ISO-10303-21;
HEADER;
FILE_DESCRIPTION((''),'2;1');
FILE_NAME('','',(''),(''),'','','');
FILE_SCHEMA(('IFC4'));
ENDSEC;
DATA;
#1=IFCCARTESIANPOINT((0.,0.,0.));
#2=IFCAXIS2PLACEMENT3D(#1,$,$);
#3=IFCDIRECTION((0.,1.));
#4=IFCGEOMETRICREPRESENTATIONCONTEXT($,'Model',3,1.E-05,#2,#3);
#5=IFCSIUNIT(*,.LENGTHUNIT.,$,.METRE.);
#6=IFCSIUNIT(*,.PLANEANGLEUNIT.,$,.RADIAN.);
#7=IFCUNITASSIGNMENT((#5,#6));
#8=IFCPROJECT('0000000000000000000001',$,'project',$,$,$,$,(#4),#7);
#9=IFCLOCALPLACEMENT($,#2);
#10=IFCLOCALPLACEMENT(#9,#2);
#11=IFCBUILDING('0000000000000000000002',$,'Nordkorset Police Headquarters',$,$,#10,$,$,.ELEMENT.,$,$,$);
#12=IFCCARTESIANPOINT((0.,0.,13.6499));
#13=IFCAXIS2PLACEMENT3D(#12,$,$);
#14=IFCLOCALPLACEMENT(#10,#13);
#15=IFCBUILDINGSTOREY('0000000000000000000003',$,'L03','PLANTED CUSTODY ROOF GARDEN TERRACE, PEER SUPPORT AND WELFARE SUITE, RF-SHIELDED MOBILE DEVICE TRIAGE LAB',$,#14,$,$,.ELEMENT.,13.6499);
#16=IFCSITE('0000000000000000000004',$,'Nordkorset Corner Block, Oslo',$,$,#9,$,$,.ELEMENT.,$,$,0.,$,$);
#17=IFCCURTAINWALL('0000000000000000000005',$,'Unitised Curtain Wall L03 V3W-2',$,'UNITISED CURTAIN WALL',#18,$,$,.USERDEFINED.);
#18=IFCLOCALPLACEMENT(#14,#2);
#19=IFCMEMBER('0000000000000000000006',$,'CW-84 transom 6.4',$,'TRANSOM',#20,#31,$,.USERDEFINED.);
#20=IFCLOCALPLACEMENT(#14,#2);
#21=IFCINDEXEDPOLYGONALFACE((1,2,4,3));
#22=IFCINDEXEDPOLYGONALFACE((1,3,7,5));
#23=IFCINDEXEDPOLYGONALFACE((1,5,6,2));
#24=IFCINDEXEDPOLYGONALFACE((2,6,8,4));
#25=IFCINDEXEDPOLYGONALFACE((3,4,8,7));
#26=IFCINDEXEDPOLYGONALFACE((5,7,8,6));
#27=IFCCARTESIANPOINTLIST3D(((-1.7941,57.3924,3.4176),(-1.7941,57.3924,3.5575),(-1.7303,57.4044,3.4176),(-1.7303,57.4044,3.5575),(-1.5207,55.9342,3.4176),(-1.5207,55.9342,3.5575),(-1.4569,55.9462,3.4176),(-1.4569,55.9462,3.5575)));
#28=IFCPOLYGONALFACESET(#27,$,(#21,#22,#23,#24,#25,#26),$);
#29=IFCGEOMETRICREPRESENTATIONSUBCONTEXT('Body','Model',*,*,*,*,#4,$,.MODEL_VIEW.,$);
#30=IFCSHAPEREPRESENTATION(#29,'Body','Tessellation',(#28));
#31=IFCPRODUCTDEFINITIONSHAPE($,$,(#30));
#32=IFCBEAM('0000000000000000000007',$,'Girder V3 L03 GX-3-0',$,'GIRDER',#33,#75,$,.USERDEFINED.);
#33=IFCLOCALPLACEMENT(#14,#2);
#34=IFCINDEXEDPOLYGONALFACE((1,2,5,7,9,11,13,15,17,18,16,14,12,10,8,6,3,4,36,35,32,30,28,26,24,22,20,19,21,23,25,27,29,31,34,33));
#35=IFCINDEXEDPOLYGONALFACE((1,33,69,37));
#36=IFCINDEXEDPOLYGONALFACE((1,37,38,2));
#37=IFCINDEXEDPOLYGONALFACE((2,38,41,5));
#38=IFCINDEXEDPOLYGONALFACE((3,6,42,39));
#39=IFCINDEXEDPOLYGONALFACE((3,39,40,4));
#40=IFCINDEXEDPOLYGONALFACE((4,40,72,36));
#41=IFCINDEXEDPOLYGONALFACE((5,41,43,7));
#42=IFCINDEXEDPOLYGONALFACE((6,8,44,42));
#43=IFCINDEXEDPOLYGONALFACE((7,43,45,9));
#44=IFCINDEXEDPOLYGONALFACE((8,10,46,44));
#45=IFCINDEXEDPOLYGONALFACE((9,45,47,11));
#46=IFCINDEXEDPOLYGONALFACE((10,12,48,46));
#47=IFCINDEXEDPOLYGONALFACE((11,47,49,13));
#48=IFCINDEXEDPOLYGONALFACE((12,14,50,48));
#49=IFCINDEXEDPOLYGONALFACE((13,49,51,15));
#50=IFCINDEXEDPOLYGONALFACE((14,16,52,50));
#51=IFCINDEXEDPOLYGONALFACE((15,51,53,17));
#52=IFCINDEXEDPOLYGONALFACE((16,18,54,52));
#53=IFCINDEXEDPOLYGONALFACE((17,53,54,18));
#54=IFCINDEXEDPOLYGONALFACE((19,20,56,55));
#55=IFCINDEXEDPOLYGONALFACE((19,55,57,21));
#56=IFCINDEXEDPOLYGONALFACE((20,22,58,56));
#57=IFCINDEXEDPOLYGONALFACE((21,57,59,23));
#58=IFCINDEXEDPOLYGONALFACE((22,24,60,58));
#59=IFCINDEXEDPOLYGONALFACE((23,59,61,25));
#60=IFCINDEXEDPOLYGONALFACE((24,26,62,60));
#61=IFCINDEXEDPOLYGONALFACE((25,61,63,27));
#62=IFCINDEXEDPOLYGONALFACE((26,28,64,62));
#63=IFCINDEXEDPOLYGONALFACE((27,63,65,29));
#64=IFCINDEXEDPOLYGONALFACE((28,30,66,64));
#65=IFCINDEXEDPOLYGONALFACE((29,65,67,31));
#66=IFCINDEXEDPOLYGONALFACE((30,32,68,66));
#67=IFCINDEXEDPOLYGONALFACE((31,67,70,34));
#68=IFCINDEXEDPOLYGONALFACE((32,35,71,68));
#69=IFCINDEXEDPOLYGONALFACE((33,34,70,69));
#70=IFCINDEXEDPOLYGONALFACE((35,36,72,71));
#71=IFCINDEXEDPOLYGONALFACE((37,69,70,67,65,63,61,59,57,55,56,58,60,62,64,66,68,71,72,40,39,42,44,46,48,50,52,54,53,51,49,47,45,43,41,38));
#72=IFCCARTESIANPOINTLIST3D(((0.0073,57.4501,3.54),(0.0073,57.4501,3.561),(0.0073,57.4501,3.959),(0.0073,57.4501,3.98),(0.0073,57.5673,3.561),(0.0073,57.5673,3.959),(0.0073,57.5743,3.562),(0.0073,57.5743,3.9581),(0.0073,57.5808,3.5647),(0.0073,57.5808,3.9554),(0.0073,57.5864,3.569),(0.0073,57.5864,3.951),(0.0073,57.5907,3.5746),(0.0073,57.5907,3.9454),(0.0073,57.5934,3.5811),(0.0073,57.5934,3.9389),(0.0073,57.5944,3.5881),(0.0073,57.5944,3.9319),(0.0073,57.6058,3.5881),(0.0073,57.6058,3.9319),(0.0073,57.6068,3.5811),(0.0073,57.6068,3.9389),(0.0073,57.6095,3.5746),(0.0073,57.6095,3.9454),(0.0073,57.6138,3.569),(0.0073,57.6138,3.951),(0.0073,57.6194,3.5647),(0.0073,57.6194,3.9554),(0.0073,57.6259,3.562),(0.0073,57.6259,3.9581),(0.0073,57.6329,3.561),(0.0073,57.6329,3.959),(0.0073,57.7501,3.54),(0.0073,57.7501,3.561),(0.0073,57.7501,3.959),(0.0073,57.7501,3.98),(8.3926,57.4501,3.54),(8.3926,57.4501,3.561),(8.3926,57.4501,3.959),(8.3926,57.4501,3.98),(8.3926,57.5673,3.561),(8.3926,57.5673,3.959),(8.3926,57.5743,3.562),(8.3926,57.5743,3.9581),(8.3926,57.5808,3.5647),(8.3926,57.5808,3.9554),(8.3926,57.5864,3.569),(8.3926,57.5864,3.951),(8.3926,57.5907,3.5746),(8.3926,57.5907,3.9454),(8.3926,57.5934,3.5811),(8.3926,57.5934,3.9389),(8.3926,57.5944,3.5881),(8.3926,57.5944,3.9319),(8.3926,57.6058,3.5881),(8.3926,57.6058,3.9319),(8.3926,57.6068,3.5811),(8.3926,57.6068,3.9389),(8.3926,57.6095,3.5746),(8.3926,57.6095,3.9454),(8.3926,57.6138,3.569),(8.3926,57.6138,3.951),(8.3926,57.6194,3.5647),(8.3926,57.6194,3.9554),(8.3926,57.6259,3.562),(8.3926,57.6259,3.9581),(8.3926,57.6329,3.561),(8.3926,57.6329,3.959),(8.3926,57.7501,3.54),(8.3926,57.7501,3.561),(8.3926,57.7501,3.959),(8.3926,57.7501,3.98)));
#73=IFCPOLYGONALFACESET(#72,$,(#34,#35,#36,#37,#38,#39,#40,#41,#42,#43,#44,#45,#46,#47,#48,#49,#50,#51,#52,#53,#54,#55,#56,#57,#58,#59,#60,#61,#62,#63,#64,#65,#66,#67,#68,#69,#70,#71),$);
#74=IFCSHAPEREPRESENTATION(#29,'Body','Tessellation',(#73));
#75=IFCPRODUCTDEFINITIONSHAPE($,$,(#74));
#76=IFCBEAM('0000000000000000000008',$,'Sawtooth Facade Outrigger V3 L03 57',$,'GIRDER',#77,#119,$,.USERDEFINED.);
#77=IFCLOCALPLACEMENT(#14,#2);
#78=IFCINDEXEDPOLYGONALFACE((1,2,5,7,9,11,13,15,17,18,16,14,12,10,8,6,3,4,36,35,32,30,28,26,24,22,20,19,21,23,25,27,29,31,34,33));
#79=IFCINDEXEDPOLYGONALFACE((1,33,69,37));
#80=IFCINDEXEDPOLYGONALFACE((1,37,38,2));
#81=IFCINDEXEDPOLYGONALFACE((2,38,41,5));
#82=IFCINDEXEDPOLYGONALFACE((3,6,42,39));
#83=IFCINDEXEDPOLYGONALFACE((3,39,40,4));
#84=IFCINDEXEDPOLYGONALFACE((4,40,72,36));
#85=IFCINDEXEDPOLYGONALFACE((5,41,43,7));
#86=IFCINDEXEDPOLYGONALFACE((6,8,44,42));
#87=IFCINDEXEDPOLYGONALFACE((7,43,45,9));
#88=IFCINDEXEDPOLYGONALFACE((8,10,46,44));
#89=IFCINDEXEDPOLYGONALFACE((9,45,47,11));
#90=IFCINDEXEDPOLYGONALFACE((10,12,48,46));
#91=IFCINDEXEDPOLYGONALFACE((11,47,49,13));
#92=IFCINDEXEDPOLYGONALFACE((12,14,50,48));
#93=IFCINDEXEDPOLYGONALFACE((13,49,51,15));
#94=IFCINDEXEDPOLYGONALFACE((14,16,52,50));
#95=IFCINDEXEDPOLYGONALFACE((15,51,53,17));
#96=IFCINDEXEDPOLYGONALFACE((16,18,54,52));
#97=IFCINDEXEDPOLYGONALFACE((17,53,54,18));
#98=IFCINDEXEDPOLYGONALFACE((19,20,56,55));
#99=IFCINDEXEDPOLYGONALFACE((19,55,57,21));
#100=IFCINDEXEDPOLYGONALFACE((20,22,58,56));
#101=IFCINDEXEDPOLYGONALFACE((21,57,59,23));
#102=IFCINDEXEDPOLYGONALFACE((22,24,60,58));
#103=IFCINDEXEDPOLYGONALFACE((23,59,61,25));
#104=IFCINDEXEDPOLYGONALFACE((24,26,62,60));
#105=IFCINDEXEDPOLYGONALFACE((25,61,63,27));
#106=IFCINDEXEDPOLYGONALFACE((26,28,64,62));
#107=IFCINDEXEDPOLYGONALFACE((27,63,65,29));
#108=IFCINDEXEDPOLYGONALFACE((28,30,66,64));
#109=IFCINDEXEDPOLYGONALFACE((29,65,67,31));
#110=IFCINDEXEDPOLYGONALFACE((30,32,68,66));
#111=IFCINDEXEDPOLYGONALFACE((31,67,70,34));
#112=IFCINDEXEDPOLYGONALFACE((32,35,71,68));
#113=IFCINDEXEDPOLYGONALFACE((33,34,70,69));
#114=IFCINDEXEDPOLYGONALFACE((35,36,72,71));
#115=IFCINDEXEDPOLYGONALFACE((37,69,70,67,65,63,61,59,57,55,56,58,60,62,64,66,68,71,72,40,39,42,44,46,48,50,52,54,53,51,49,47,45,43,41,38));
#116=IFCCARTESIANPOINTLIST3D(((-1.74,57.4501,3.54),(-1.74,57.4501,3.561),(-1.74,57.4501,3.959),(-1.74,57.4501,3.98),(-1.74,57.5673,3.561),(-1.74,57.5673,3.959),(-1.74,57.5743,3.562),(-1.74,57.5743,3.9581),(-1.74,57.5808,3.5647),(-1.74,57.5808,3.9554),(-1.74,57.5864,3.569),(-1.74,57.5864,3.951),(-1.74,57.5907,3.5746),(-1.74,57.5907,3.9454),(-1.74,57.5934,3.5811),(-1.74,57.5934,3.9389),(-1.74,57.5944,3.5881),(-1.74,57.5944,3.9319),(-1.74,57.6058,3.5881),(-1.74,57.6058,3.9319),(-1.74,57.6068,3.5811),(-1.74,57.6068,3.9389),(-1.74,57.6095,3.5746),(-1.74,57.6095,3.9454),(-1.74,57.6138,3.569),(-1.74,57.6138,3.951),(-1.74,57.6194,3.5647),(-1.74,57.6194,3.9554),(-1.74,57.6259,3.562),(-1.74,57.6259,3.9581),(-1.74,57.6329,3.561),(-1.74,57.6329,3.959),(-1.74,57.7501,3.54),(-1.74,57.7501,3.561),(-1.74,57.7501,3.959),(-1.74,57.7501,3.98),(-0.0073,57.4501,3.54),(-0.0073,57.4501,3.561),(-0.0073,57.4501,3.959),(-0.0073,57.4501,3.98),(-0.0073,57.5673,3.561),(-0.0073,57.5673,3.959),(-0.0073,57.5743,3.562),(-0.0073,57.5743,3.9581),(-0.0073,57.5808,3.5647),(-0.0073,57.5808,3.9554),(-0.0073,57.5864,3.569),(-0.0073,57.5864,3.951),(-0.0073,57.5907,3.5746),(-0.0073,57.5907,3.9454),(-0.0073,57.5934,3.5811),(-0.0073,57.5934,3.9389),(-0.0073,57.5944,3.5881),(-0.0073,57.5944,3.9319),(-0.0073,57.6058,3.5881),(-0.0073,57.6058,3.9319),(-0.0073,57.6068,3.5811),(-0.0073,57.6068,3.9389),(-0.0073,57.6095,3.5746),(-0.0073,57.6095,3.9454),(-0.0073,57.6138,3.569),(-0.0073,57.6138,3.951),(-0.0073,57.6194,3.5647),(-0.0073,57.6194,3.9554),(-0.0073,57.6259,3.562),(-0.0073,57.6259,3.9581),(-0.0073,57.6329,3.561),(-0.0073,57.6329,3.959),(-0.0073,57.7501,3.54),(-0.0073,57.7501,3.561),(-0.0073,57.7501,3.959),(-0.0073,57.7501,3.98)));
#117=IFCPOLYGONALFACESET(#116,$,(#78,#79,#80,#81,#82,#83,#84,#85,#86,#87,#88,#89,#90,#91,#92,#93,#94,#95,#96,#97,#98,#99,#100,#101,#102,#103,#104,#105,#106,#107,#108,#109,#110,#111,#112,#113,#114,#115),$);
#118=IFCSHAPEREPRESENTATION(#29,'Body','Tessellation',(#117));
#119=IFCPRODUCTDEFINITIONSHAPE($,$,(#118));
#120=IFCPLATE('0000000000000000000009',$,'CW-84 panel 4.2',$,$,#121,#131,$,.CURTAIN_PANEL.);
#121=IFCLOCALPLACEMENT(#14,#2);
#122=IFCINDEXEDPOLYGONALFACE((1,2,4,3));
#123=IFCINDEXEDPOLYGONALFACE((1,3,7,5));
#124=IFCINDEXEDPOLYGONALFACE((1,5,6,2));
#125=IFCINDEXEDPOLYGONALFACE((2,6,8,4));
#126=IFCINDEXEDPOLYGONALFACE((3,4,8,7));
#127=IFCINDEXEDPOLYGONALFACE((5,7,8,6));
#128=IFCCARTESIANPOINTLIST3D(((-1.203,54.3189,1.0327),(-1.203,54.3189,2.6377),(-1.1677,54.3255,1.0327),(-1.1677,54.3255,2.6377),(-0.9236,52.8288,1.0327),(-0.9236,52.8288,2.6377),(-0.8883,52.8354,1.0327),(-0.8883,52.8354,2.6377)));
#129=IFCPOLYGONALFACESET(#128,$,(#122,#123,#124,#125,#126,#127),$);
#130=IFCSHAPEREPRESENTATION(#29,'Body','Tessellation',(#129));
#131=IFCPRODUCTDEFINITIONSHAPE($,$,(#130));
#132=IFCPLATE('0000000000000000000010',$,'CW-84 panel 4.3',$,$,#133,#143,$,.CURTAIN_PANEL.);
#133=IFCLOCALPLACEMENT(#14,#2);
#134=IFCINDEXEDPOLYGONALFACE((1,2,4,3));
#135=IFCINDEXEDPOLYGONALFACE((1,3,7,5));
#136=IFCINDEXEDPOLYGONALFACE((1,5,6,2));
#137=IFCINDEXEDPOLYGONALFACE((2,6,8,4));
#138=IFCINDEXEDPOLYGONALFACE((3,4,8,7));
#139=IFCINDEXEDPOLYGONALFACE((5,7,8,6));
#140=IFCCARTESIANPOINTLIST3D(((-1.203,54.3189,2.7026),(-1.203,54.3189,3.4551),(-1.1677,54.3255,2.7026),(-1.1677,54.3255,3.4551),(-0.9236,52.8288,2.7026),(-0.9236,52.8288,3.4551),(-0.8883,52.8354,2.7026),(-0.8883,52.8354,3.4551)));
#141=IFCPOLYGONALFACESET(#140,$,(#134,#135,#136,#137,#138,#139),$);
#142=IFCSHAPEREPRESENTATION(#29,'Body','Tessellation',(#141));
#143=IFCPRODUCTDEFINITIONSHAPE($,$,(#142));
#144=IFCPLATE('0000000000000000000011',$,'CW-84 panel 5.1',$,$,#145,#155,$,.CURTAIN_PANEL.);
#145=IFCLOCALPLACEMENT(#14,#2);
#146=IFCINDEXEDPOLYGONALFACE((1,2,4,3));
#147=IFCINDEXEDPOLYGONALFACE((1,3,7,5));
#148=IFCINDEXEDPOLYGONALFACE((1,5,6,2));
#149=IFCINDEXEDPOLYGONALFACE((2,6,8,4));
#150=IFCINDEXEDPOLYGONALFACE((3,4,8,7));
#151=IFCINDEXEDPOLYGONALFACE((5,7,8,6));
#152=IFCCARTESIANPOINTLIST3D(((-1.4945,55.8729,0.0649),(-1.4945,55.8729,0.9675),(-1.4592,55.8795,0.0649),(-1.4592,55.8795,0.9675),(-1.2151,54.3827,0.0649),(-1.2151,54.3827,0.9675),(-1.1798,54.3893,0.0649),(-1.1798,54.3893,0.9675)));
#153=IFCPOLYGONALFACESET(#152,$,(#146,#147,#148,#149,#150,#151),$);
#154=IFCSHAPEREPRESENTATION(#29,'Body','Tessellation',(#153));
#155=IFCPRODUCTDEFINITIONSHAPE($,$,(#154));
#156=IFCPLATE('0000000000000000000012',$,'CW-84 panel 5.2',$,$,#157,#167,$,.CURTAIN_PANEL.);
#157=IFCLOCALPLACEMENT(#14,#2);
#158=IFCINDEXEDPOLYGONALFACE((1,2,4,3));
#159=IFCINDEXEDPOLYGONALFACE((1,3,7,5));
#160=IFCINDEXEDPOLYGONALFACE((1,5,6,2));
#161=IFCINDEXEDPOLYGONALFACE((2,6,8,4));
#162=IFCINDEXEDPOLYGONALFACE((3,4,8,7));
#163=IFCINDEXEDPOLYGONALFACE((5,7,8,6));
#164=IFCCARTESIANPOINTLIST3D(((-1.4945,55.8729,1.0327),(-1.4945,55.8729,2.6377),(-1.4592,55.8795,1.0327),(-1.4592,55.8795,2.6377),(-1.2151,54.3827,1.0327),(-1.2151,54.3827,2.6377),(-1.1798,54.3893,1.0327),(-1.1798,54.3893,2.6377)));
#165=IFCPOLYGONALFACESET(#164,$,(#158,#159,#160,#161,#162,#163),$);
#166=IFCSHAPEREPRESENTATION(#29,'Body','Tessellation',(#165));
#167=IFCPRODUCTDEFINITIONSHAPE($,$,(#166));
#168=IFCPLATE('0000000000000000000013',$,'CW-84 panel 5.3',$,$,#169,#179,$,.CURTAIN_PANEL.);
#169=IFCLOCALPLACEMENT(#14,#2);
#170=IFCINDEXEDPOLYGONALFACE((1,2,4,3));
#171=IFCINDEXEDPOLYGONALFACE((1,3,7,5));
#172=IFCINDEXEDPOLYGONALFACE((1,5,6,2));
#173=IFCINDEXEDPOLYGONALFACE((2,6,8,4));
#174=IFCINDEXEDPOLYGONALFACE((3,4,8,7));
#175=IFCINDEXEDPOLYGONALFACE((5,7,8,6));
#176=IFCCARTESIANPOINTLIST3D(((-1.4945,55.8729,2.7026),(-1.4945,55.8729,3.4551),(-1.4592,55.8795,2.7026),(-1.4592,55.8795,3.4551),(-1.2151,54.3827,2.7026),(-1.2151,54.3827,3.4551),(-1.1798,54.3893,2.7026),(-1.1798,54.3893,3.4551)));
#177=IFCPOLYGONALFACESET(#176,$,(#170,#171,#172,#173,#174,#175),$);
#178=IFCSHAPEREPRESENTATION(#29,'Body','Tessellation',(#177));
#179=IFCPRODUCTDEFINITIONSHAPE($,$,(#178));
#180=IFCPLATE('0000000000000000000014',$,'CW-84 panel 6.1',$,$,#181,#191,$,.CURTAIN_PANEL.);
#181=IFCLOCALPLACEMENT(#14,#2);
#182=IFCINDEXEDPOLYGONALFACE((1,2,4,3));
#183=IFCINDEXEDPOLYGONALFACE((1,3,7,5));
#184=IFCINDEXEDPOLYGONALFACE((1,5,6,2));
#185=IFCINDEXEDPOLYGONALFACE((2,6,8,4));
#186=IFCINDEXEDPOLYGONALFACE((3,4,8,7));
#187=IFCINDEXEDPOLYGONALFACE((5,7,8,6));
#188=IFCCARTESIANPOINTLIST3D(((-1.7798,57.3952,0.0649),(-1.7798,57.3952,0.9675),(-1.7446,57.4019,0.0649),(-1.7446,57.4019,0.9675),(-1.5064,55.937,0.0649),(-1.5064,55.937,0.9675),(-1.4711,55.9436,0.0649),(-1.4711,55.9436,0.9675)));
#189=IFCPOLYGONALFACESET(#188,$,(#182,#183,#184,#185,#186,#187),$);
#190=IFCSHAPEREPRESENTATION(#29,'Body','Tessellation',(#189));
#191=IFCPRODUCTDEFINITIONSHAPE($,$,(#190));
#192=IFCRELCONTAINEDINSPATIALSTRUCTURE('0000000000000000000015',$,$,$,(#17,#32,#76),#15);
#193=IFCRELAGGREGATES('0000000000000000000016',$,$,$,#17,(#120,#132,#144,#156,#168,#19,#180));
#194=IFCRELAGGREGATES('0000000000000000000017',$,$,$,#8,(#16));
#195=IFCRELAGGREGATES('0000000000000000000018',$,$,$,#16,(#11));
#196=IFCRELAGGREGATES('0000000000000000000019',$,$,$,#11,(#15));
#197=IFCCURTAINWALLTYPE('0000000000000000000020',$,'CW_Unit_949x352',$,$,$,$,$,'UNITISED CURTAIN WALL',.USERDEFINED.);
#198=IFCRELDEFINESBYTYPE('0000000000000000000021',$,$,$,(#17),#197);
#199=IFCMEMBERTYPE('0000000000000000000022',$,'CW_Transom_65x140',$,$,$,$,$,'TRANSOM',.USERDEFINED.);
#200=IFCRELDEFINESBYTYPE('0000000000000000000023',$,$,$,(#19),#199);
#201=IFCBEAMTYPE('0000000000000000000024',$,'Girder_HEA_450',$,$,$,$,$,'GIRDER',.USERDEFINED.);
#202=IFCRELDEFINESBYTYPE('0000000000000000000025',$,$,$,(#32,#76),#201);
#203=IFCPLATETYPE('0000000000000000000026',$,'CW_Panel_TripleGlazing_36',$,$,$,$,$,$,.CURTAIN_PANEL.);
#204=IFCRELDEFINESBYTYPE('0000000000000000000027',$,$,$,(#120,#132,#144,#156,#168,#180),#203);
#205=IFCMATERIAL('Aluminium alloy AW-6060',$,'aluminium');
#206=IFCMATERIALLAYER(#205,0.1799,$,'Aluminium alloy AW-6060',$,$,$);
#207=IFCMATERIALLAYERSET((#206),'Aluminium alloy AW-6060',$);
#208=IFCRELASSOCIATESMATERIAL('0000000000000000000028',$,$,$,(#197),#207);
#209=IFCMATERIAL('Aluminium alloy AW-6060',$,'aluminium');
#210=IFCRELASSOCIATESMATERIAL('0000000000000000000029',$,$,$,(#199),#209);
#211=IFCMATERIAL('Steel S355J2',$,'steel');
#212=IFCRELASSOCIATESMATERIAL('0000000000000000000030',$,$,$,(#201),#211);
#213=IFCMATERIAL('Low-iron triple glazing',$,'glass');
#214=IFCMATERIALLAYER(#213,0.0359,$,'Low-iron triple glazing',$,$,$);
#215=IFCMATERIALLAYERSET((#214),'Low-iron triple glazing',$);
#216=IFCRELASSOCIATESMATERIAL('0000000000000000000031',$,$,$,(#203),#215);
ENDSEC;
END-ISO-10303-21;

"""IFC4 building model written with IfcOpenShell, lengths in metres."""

from ifc_helpers import new_model, si_unit, direction, frame, origin, origin_2d, place, context, subcontext, project, spatial, rectangle, i_section, extrude, material, layer, layer_set, material_profile, profile_set, type_object, element, aggregate, save


model = new_model("IFC4")

# Units and contexts
model_context = context("Model", 3, precision=1e-05, world=origin(), true_north=direction((0.0, 1.0)))
body_context = subcontext(model_context, "Body", "Model", "MODEL_VIEW")
ifc_project = project(units=[si_unit("LENGTHUNIT", "METRE"), si_unit("PLANEANGLEUNIT", "RADIAN")], contexts=[model_context])

# Site, building, storey
site_placement = place(None, origin())
site = spatial("IfcSite", under=ifc_project, at=site_placement, Name="Nordkorset Corner Block, Oslo", CompositionType="ELEMENT", RefElevation=0.0)
building_placement = place(site_placement, origin())
building = spatial("IfcBuilding", under=site, at=building_placement, Name="Nordkorset Police Headquarters", CompositionType="ELEMENT")
storey_placement = place(building_placement, frame((0.0, 0.0, 13.6499)))
storey = spatial("IfcBuildingStorey", under=building, at=storey_placement, Name="L03", Description="PLANTED CUSTODY ROOF GARDEN TERRACE, PEER SUPPORT AND WELFARE SUITE, RF-SHIELDED MOBILE DEVICE TRIAGE LAB", CompositionType="ELEMENT", Elevation=13.6499)

# Curtain wall, member
ifc_material_1 = material(Name="Aluminium alloy AW-6060", Category="aluminium")
ifc_layer_1 = layer(ifc_material_1, 0.1799, Name="Aluminium alloy AW-6060")
ifc_layer_set_1 = layer_set([ifc_layer_1], Name="Aluminium alloy AW-6060")
curtain_wall_type = type_object("IfcCurtainWallType", Name="CW_Unit_949x352", ElementType="UNITISED CURTAIN WALL", PredefinedType="USERDEFINED", material=ifc_layer_set_1)
curtain_wall_placement = place(storey_placement, origin())
curtain_wall = element("IfcCurtainWall", 1, at=curtain_wall_placement, inside=storey, type_object=curtain_wall_type, Name="Unitised Curtain Wall L03 V3W-2", ObjectType="UNITISED CURTAIN WALL", PredefinedType="USERDEFINED")
ifc_material_2 = material(Name="Aluminium alloy AW-6060", Category="aluminium")
ifc_material_profile_1 = material_profile(ifc_material_2, rectangle(XDim=0.0649, YDim=0.1399, at=origin_2d()), Name="ALU TRAN 65x140")
ifc_profile_set_1 = profile_set([ifc_material_profile_1], Name="Aluminium alloy AW-6060")
member_type_1 = type_object("IfcMemberType", Name="CW_Transom_65x140", ElementType="TRANSOM", PredefinedType="USERDEFINED", material=ifc_profile_set_1)
member_1_placement = place(storey_placement, frame((-1.4888, 55.9402, 3.4875), z_axis=(-0.184298, 0.98287, 0.0), x_axis=(-0.98287, -0.184298, 0.0)))
member_1 = element("IfcMember", 2, at=member_1_placement, type_object=member_type_1, Name="CW-84 transom 6.4", ObjectType="TRANSOM", PredefinedType="USERDEFINED", context=body_context, shape_type="SweptSolid", body=[
    extrude(rectangle(XDim=0.0649, YDim=0.1399, at=origin_2d()), origin(), (0.0, 0.0, 1.0), 1.4836),
])

# Beams
ifc_material_3 = material(Name="Steel S355J2", Category="steel")
ifc_material_profile_2 = material_profile(ifc_material_3, i_section(OverallWidth=0.3, OverallDepth=0.4399, WebThickness=0.0115, FlangeThickness=0.021, FilletRadius=0.0271, at=origin_2d()), Name="HEA 450")
ifc_profile_set_2 = profile_set([ifc_material_profile_2], Name="Steel S355J2")
beam_type = type_object("IfcBeamType", Name="Girder_HEA_450", ElementType="GIRDER", PredefinedType="USERDEFINED", material=ifc_profile_set_2)
beam_1_placement = place(storey_placement, frame((0.0073, 57.6001, 3.76), z_axis=(1.0, 0.0, 0.0), x_axis=(0.0, 1.0, 0.0)))
element("IfcBeam", 3, at=beam_1_placement, inside=storey, type_object=beam_type, Name="Girder V3 L03 GX-3-0", ObjectType="GIRDER", PredefinedType="USERDEFINED", context=body_context, shape_type="SweptSolid", body=[
    extrude(i_section(OverallWidth=0.3, OverallDepth=0.4399, WebThickness=0.0115, FlangeThickness=0.021, FilletRadius=0.0271, at=origin_2d()), origin(), (0.0, 0.0, 1.0), 8.3853),
])
beam_2_placement = place(storey_placement, frame((-0.0073, 57.6001, 3.76), z_axis=(-1.0, 0.0, 0.0), x_axis=(0.0, -1.0, 0.0)))
element("IfcBeam", 4, at=beam_2_placement, inside=storey, type_object=beam_type, Name="Sawtooth Facade Outrigger V3 L03 57", ObjectType="GIRDER", PredefinedType="USERDEFINED", context=body_context, shape_type="SweptSolid", body=[
    extrude(i_section(OverallWidth=0.3, OverallDepth=0.4399, WebThickness=0.0115, FlangeThickness=0.021, FilletRadius=0.0271, at=origin_2d()), origin(), (0.0, 0.0, 1.0), 1.7327),
])

# Plates
ifc_material_4 = material(Name="Low-iron triple glazing", Category="glass")
ifc_layer_2 = layer(ifc_material_4, 0.0359, Name="Low-iron triple glazing")
ifc_layer_set_2 = layer_set([ifc_layer_2], Name="Low-iron triple glazing")
plate_type = type_object("IfcPlateType", Name="CW_Panel_TripleGlazing_36", PredefinedType="CURTAIN_PANEL", material=ifc_layer_set_2)
plate_1_placement = place(storey_placement, frame((-1.0457, 53.5771, 1.0327), z_axis=(0.0, 0.0, 1.0), x_axis=(-0.184289, 0.982872, 0.0)))
plate_1 = element("IfcPlate", 5, at=plate_1_placement, type_object=plate_type, Name="CW-84 panel 4.2", PredefinedType="CURTAIN_PANEL", context=body_context, shape_type="SweptSolid", body=[
    extrude(rectangle(XDim=1.5161, YDim=0.0359, at=origin_2d()), origin(), (0.0, 0.0, 1.0), 1.605),
])
plate_2_placement = place(storey_placement, frame((-1.0457, 53.5771, 2.7026), z_axis=(0.0, 0.0, 1.0), x_axis=(-0.184289, 0.982872, 0.0)))
plate_2 = element("IfcPlate", 6, at=plate_2_placement, type_object=plate_type, Name="CW-84 panel 4.3", PredefinedType="CURTAIN_PANEL", context=body_context, shape_type="SweptSolid", body=[
    extrude(rectangle(XDim=1.5161, YDim=0.0359, at=origin_2d()), origin(), (0.0, 0.0, 1.0), 0.7524),
])
plate_3_placement = place(storey_placement, frame((-1.3372, 55.1311, 0.0649), z_axis=(0.0, 0.0, 1.0), x_axis=(-0.184289, 0.982872, 0.0)))
plate_3 = element("IfcPlate", 7, at=plate_3_placement, type_object=plate_type, Name="CW-84 panel 5.1", PredefinedType="CURTAIN_PANEL", context=body_context, shape_type="SweptSolid", body=[
    extrude(rectangle(XDim=1.5161, YDim=0.0359, at=origin_2d()), origin(), (0.0, 0.0, 1.0), 0.9026),
])
plate_4_placement = place(storey_placement, frame((-1.3372, 55.1311, 1.0327), z_axis=(0.0, 0.0, 1.0), x_axis=(-0.184289, 0.982872, 0.0)))
plate_4 = element("IfcPlate", 8, at=plate_4_placement, type_object=plate_type, Name="CW-84 panel 5.2", PredefinedType="CURTAIN_PANEL", context=body_context, shape_type="SweptSolid", body=[
    extrude(rectangle(XDim=1.5161, YDim=0.0359, at=origin_2d()), origin(), (0.0, 0.0, 1.0), 1.605),
])
plate_5_placement = place(storey_placement, frame((-1.3372, 55.1311, 2.7026), z_axis=(0.0, 0.0, 1.0), x_axis=(-0.184289, 0.982872, 0.0)))
plate_5 = element("IfcPlate", 9, at=plate_5_placement, type_object=plate_type, Name="CW-84 panel 5.3", PredefinedType="CURTAIN_PANEL", context=body_context, shape_type="SweptSolid", body=[
    extrude(rectangle(XDim=1.5161, YDim=0.0359, at=origin_2d()), origin(), (0.0, 0.0, 1.0), 0.7524),
])
plate_6_placement = place(storey_placement, frame((-1.6255, 56.6694, 0.0649), z_axis=(0.0, 0.0, 1.0), x_axis=(-0.184289, 0.982872, 0.0)))
plate_6 = element("IfcPlate", 10, at=plate_6_placement, type_object=plate_type, Name="CW-84 panel 6.1", PredefinedType="CURTAIN_PANEL", context=body_context, shape_type="SweptSolid", body=[
    extrude(rectangle(XDim=1.4836, YDim=0.0359, at=origin_2d()), origin(), (0.0, 0.0, 1.0), 0.9026),
])
aggregate(curtain_wall, [plate_1, plate_2, plate_3, plate_4, plate_5, member_1, plate_6])

save(model, "model.ifc")
